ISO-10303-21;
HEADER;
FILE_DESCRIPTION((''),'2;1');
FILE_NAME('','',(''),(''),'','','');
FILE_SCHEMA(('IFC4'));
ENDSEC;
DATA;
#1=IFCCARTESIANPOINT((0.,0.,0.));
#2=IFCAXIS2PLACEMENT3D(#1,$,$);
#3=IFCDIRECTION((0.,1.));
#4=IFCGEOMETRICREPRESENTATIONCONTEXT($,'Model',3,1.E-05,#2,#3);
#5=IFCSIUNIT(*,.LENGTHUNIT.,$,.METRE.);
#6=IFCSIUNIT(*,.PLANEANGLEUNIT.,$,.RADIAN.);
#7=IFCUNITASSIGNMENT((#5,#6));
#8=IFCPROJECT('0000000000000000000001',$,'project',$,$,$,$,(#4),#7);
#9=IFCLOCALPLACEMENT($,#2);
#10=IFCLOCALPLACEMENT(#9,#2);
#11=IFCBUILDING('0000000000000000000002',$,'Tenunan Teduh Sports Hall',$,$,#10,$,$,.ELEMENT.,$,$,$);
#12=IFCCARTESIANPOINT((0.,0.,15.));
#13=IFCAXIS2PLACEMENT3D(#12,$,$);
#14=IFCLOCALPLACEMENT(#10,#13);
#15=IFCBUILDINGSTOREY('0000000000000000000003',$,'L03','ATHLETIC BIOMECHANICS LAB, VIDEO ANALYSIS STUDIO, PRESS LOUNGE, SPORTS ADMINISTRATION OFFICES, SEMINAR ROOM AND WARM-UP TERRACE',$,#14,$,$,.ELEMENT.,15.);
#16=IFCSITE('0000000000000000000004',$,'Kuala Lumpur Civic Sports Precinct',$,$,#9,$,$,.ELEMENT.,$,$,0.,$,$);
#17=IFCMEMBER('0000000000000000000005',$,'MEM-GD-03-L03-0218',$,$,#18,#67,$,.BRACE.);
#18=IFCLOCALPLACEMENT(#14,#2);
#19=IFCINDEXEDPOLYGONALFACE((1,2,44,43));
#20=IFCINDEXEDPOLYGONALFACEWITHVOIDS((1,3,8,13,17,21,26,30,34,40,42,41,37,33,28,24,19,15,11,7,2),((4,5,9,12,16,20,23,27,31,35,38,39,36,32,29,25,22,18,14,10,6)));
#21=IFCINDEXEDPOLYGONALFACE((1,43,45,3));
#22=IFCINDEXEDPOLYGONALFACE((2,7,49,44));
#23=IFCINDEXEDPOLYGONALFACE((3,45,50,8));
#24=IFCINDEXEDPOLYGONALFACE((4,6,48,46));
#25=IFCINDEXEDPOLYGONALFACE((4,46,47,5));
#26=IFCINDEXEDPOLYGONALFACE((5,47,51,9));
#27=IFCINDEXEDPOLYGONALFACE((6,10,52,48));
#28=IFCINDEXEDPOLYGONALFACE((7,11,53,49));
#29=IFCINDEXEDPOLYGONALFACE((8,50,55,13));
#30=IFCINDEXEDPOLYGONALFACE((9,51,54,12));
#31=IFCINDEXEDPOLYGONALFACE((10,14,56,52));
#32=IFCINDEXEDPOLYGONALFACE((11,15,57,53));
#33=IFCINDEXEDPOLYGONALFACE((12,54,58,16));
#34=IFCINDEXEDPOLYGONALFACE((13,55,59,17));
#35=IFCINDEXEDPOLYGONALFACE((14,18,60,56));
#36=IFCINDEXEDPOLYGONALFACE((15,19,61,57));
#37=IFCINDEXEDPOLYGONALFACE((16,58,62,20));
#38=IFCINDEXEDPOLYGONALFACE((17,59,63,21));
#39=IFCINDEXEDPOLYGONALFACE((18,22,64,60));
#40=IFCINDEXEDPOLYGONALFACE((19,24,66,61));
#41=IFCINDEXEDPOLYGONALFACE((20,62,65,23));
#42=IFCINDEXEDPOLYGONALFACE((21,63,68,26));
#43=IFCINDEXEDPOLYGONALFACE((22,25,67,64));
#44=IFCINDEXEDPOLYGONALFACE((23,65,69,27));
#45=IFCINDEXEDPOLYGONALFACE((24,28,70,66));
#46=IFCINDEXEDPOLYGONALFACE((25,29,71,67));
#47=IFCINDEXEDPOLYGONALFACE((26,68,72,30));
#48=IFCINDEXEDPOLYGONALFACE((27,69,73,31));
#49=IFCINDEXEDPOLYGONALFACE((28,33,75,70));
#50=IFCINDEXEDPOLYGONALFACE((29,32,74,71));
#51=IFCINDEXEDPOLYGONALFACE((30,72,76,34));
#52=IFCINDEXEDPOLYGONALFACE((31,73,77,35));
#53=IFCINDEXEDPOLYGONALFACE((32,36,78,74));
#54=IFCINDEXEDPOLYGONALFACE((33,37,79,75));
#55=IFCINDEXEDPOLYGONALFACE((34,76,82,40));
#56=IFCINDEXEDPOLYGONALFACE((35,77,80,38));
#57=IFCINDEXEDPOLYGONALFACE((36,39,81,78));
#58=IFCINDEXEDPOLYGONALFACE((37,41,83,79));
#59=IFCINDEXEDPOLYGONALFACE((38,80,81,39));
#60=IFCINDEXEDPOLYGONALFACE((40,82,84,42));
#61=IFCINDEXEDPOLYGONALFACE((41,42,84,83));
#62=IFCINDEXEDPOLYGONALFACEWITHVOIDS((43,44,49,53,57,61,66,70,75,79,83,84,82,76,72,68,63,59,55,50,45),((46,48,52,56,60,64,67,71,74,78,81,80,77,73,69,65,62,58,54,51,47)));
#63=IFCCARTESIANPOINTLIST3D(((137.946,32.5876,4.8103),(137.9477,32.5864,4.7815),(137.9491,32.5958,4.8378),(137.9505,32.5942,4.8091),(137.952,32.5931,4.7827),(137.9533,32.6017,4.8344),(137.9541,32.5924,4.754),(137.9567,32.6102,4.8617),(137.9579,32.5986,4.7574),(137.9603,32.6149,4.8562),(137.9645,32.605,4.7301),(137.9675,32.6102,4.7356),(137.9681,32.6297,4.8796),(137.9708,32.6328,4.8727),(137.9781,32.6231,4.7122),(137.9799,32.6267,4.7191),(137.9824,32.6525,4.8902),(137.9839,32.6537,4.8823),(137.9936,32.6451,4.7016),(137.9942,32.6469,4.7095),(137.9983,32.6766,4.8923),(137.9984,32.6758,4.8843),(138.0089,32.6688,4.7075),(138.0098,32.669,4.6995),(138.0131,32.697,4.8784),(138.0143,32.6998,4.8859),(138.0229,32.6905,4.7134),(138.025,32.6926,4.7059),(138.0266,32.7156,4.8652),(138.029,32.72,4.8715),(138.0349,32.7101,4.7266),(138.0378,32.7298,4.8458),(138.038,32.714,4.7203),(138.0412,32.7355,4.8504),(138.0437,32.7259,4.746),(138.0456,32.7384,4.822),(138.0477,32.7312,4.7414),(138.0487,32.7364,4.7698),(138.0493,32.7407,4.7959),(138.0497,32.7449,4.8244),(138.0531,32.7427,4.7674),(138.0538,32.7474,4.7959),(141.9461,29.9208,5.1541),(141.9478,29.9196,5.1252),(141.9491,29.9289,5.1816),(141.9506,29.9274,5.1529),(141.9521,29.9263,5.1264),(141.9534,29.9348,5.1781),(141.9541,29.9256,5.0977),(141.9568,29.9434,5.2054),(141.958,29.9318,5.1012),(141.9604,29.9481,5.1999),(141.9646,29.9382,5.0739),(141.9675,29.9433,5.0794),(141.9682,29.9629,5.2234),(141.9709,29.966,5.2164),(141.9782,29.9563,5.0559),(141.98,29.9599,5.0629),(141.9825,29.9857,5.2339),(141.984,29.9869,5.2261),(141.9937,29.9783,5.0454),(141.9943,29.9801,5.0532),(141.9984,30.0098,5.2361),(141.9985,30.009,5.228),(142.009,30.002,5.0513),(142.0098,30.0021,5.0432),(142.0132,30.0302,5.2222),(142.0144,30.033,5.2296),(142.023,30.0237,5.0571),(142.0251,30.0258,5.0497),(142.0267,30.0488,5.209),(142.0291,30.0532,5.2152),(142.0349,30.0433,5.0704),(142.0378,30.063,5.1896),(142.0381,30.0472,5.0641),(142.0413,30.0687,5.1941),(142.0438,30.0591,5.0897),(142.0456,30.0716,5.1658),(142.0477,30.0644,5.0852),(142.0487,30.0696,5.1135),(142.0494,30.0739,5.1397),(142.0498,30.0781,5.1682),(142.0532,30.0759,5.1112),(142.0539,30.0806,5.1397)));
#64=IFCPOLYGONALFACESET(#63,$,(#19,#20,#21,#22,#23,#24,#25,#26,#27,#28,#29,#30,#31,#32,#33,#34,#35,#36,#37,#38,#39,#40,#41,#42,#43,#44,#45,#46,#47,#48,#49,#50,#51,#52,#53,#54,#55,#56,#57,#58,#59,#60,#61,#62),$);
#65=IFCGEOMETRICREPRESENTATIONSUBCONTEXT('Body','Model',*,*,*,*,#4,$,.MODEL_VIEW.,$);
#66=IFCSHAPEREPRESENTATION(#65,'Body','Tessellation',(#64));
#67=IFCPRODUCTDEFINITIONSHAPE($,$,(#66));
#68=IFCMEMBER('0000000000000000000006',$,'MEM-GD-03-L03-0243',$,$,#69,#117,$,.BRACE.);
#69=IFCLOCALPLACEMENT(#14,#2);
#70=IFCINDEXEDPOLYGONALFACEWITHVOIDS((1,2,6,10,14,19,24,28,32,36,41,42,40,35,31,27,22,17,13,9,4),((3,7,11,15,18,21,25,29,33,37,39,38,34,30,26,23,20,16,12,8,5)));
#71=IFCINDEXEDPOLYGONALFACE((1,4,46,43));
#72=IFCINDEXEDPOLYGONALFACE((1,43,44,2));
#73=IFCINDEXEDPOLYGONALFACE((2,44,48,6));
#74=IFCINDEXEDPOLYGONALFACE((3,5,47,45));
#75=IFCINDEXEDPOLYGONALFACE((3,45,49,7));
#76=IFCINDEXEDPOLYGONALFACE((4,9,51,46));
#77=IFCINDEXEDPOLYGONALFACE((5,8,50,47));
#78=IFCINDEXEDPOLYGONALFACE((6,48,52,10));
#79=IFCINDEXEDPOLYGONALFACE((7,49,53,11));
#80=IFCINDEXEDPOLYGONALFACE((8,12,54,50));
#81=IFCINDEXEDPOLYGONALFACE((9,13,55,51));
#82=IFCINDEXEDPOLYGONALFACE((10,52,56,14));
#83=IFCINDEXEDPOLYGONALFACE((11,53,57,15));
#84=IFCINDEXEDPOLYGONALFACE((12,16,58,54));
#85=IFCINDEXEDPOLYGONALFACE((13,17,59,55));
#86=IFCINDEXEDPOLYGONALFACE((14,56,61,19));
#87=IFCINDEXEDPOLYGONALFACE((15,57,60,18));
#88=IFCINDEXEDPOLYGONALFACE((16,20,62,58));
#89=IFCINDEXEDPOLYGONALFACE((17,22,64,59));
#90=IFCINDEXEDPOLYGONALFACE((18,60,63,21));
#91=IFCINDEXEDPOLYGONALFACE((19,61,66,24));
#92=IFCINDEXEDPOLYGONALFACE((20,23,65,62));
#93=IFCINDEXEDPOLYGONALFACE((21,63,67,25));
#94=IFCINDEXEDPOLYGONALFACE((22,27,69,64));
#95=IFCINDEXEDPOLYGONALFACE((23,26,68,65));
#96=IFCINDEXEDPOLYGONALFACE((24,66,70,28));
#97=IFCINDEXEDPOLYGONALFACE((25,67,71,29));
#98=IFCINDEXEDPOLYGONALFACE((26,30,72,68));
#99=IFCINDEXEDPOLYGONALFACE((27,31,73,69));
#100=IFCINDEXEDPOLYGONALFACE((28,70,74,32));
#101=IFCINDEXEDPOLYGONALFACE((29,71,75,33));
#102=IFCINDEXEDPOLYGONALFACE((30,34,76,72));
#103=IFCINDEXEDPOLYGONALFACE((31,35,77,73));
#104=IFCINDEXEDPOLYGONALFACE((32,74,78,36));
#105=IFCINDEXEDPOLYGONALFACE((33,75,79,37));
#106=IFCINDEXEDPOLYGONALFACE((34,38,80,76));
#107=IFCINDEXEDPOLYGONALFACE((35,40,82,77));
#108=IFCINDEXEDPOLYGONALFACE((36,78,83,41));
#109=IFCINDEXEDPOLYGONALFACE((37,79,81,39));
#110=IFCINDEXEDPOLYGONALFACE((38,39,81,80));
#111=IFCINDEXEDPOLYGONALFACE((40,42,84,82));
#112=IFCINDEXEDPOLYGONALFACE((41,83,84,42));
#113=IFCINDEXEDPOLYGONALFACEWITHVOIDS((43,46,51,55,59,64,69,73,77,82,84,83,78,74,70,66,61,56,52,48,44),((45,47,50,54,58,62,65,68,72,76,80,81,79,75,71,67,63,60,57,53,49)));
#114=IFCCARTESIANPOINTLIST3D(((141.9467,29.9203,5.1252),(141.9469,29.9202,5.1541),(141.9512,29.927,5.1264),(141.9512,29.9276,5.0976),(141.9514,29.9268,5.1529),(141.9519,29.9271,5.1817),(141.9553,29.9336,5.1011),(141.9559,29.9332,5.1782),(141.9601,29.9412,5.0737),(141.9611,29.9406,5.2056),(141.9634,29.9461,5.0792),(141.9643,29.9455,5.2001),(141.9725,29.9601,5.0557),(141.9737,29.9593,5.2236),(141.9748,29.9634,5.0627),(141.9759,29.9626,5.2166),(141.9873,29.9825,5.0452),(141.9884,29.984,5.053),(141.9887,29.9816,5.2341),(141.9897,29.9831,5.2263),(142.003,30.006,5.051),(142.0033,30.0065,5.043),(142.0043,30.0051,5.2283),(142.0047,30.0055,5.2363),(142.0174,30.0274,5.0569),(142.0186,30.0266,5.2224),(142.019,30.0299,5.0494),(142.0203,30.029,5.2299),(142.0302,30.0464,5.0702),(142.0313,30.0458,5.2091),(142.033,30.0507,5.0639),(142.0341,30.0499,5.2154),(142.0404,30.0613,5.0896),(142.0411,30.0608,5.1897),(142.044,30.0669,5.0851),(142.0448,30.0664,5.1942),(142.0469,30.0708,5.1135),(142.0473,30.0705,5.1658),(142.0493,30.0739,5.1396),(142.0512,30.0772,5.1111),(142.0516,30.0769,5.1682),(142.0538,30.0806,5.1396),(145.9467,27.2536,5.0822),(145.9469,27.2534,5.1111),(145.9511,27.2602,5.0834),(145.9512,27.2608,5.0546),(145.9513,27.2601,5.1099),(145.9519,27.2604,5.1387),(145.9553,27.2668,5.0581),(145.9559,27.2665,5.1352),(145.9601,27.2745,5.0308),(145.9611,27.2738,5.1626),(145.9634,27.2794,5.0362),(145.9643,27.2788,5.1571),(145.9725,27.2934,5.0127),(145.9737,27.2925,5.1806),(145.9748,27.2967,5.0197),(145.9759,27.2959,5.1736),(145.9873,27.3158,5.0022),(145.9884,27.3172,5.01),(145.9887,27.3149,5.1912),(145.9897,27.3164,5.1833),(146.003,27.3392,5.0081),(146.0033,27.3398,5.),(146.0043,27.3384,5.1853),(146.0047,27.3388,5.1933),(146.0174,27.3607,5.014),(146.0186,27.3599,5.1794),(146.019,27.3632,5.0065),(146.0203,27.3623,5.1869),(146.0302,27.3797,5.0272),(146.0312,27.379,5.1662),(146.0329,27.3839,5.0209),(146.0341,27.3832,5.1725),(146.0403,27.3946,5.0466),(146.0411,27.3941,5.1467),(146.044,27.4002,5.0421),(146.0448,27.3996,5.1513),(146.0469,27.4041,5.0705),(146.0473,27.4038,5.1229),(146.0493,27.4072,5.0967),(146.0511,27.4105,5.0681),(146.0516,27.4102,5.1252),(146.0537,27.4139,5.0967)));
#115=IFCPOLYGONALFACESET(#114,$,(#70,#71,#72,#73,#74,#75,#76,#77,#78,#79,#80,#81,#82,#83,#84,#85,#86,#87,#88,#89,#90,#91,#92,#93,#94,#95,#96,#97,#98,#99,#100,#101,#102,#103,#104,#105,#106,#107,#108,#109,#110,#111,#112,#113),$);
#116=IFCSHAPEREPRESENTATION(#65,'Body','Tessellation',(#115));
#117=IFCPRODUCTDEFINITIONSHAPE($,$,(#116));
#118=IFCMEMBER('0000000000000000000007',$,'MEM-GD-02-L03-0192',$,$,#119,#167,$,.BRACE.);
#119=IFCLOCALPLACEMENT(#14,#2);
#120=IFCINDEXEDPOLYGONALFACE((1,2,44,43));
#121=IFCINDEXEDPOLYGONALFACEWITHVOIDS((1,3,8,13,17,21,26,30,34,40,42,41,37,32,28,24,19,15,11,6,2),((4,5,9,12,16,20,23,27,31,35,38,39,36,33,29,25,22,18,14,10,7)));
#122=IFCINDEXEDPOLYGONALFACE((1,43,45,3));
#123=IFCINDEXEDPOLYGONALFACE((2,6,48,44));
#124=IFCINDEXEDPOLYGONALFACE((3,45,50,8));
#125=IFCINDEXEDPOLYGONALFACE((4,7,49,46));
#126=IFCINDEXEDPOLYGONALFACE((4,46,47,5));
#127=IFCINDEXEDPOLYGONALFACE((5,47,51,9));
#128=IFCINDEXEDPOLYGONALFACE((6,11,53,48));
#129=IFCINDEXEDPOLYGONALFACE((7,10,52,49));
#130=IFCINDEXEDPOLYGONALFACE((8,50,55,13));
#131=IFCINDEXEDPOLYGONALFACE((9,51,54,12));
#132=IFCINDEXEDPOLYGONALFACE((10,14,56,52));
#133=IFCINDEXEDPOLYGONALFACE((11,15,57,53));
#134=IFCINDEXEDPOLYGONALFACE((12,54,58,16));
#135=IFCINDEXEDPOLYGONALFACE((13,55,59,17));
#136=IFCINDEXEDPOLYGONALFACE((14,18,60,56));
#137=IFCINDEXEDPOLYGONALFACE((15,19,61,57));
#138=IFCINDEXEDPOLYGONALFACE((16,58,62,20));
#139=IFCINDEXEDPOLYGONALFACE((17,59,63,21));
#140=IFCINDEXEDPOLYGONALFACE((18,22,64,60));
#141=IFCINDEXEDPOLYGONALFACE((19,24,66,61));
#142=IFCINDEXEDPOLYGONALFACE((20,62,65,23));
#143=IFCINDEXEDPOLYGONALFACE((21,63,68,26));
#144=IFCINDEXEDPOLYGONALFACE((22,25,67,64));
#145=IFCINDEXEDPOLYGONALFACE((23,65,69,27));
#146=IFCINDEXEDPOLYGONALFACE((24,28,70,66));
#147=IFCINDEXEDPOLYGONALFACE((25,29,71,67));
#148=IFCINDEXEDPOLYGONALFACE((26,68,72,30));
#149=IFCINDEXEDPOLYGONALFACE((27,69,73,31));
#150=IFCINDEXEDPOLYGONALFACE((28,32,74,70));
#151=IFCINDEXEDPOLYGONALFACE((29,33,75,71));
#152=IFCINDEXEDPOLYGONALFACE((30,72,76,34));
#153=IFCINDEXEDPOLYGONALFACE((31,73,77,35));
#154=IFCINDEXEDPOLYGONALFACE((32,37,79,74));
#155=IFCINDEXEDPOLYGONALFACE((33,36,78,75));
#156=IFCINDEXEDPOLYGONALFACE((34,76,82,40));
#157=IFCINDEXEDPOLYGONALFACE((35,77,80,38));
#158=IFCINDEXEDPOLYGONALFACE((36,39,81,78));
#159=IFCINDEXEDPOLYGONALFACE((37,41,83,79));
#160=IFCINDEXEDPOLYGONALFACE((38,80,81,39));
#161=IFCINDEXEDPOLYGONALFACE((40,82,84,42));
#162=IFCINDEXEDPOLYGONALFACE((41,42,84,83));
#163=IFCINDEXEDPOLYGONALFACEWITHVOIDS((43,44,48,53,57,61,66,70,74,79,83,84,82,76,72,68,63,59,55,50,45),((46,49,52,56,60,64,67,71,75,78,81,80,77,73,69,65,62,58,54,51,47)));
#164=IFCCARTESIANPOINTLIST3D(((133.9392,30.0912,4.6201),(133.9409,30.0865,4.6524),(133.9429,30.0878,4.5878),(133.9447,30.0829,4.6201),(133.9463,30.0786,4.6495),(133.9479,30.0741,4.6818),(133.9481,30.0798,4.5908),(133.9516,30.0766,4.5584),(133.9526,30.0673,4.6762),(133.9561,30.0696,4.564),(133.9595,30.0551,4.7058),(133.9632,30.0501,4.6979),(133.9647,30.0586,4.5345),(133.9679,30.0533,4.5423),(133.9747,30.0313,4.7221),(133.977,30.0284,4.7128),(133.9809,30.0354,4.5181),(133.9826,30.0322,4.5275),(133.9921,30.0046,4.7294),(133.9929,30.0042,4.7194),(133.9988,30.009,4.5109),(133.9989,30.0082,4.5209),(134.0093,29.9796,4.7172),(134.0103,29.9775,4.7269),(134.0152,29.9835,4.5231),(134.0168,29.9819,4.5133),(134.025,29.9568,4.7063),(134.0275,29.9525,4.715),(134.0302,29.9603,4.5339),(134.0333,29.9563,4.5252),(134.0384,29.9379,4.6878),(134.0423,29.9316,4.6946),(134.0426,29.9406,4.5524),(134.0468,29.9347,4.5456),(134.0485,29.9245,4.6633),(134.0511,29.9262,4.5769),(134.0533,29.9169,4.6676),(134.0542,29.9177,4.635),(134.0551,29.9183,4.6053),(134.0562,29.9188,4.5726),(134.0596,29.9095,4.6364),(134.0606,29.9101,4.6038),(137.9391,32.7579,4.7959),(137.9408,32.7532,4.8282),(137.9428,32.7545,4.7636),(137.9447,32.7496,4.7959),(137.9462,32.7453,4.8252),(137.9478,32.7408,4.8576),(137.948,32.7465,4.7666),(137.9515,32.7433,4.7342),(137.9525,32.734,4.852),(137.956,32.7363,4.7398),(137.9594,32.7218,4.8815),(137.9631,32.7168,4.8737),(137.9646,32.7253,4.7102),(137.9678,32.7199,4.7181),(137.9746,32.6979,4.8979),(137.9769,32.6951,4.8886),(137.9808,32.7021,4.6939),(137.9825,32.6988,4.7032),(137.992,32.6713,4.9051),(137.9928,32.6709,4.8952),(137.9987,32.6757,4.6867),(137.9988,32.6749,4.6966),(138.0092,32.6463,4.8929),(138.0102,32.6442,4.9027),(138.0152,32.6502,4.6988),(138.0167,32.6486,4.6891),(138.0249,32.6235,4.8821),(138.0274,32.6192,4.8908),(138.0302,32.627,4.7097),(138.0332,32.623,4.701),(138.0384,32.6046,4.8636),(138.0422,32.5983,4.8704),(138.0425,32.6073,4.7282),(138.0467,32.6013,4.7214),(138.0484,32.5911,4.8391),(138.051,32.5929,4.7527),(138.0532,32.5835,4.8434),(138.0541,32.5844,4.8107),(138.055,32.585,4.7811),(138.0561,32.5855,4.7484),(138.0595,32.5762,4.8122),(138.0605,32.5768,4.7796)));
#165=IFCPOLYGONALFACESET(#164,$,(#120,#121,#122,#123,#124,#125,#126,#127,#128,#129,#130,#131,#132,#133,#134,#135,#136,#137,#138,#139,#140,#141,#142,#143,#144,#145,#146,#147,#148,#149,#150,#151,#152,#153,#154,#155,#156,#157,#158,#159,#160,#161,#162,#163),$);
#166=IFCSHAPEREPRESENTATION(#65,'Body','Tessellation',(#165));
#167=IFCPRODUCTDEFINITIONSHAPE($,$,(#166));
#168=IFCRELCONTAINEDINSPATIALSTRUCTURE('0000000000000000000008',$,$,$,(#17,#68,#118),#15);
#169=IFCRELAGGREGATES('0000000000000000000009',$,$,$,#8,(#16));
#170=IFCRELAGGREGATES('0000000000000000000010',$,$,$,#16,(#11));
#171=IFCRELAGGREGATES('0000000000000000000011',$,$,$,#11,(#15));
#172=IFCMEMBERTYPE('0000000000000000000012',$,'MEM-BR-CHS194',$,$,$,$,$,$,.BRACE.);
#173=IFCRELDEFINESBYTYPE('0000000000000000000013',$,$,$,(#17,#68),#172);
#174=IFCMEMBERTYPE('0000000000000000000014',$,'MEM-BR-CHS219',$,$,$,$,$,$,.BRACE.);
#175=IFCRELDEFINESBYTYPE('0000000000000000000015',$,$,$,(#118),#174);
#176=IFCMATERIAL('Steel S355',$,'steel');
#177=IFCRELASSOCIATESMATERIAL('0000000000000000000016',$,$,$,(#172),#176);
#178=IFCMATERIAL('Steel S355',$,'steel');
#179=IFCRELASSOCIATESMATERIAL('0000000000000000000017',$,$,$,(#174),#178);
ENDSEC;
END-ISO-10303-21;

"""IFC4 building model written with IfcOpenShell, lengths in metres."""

from ifc_helpers import new_model, si_unit, direction, frame, origin, origin_2d, place, context, subcontext, project, spatial, hollow_circle, extrude, material, material_profile, profile_set, type_object, element, save


model = new_model("IFC4")

# Units and contexts
model_context = context("Model", 3, precision=1e-05, world=origin(), true_north=direction((0.0, 1.0)))
body_context = subcontext(model_context, "Body", "Model", "MODEL_VIEW")
ifc_project = project(units=[si_unit("LENGTHUNIT", "METRE"), si_unit("PLANEANGLEUNIT", "RADIAN")], contexts=[model_context])

# Site, building, storey
site_placement = place(None, origin())
site = spatial("IfcSite", under=ifc_project, at=site_placement, Name="Kuala Lumpur Civic Sports Precinct", CompositionType="ELEMENT", RefElevation=0.0)
building_placement = place(site_placement, origin())
building = spatial("IfcBuilding", under=site, at=building_placement, Name="Tenunan Teduh Sports Hall", CompositionType="ELEMENT")
storey_placement = place(building_placement, frame((0.0, 0.0, 15.0)))
storey = spatial("IfcBuildingStorey", under=building, at=storey_placement, Name="L03", Description="ATHLETIC BIOMECHANICS LAB, VIDEO ANALYSIS STUDIO, PRESS LOUNGE, SPORTS ADMINISTRATION OFFICES, SEMINAR ROOM AND WARM-UP TERRACE", CompositionType="ELEMENT", Elevation=15.0)

# Members
ifc_material_1 = material(Name="Steel S355", Category="steel")
ifc_material_profile_1 = material_profile(ifc_material_1, hollow_circle(Radius=0.0969, WallThickness=0.0081, at=origin_2d()), Name="CHS 193.7x8.0")
ifc_profile_set_1 = profile_set([ifc_material_profile_1], Name="Steel S355")
member_type_1 = type_object("IfcMemberType", Name="MEM-BR-CHS194", PredefinedType="BRACE", material=ifc_profile_set_1)
member_1_placement = place(storey_placement, frame((138.0, 32.6667, 4.7959), z_axis=(0.829924, -0.553299, 0.071322), x_axis=(0.554712, 0.832042, 0.0)))
element("IfcMember", 1, at=member_1_placement, inside=storey, type_object=member_type_1, Name="MEM-GD-03-L03-0218", PredefinedType="BRACE", context=body_context, shape_type="SweptSolid", body=[
    extrude(hollow_circle(Radius=0.0969, WallThickness=0.0081, at=origin_2d()), origin(), (0.0, 0.0, 1.0), 4.8198),
])
member_2_placement = place(storey_placement, frame((142.0, 30.0, 5.1396), z_axis=(0.832009, -0.55469, -0.008938), x_axis=(0.554712, 0.832042, 0.0)))
element("IfcMember", 2, at=member_2_placement, inside=storey, type_object=member_type_1, Name="MEM-GD-03-L03-0243", PredefinedType="BRACE", context=body_context, shape_type="SweptSolid", body=[
    extrude(hollow_circle(Radius=0.0969, WallThickness=0.0081, at=origin_2d()), origin(), (0.0, 0.0, 1.0), 4.8076),
])
ifc_material_2 = material(Name="Steel S355", Category="steel")
ifc_material_profile_2 = material_profile(ifc_material_2, hollow_circle(Radius=0.1096, WallThickness=0.01, at=origin_2d()), Name="CHS 219.1x10.0")
ifc_profile_set_2 = profile_set([ifc_material_profile_2], Name="Steel S355")
member_type_2 = type_object("IfcMemberType", Name="MEM-BR-CHS219", PredefinedType="BRACE", material=ifc_profile_set_2)
member_3_placement = place(storey_placement, frame((134.0, 30.0, 4.6201), z_axis=(0.831487, 0.554341, 0.03654), x_axis=(-0.554712, 0.832042, 0.0)))
element("IfcMember", 3, at=member_3_placement, inside=storey, type_object=member_type_2, Name="MEM-GD-02-L03-0192", PredefinedType="BRACE", context=body_context, shape_type="SweptSolid", body=[
    extrude(hollow_circle(Radius=0.1096, WallThickness=0.01, at=origin_2d()), origin(), (0.0, 0.0, 1.0), 4.8105),
])

save(model, "model.ifc")
